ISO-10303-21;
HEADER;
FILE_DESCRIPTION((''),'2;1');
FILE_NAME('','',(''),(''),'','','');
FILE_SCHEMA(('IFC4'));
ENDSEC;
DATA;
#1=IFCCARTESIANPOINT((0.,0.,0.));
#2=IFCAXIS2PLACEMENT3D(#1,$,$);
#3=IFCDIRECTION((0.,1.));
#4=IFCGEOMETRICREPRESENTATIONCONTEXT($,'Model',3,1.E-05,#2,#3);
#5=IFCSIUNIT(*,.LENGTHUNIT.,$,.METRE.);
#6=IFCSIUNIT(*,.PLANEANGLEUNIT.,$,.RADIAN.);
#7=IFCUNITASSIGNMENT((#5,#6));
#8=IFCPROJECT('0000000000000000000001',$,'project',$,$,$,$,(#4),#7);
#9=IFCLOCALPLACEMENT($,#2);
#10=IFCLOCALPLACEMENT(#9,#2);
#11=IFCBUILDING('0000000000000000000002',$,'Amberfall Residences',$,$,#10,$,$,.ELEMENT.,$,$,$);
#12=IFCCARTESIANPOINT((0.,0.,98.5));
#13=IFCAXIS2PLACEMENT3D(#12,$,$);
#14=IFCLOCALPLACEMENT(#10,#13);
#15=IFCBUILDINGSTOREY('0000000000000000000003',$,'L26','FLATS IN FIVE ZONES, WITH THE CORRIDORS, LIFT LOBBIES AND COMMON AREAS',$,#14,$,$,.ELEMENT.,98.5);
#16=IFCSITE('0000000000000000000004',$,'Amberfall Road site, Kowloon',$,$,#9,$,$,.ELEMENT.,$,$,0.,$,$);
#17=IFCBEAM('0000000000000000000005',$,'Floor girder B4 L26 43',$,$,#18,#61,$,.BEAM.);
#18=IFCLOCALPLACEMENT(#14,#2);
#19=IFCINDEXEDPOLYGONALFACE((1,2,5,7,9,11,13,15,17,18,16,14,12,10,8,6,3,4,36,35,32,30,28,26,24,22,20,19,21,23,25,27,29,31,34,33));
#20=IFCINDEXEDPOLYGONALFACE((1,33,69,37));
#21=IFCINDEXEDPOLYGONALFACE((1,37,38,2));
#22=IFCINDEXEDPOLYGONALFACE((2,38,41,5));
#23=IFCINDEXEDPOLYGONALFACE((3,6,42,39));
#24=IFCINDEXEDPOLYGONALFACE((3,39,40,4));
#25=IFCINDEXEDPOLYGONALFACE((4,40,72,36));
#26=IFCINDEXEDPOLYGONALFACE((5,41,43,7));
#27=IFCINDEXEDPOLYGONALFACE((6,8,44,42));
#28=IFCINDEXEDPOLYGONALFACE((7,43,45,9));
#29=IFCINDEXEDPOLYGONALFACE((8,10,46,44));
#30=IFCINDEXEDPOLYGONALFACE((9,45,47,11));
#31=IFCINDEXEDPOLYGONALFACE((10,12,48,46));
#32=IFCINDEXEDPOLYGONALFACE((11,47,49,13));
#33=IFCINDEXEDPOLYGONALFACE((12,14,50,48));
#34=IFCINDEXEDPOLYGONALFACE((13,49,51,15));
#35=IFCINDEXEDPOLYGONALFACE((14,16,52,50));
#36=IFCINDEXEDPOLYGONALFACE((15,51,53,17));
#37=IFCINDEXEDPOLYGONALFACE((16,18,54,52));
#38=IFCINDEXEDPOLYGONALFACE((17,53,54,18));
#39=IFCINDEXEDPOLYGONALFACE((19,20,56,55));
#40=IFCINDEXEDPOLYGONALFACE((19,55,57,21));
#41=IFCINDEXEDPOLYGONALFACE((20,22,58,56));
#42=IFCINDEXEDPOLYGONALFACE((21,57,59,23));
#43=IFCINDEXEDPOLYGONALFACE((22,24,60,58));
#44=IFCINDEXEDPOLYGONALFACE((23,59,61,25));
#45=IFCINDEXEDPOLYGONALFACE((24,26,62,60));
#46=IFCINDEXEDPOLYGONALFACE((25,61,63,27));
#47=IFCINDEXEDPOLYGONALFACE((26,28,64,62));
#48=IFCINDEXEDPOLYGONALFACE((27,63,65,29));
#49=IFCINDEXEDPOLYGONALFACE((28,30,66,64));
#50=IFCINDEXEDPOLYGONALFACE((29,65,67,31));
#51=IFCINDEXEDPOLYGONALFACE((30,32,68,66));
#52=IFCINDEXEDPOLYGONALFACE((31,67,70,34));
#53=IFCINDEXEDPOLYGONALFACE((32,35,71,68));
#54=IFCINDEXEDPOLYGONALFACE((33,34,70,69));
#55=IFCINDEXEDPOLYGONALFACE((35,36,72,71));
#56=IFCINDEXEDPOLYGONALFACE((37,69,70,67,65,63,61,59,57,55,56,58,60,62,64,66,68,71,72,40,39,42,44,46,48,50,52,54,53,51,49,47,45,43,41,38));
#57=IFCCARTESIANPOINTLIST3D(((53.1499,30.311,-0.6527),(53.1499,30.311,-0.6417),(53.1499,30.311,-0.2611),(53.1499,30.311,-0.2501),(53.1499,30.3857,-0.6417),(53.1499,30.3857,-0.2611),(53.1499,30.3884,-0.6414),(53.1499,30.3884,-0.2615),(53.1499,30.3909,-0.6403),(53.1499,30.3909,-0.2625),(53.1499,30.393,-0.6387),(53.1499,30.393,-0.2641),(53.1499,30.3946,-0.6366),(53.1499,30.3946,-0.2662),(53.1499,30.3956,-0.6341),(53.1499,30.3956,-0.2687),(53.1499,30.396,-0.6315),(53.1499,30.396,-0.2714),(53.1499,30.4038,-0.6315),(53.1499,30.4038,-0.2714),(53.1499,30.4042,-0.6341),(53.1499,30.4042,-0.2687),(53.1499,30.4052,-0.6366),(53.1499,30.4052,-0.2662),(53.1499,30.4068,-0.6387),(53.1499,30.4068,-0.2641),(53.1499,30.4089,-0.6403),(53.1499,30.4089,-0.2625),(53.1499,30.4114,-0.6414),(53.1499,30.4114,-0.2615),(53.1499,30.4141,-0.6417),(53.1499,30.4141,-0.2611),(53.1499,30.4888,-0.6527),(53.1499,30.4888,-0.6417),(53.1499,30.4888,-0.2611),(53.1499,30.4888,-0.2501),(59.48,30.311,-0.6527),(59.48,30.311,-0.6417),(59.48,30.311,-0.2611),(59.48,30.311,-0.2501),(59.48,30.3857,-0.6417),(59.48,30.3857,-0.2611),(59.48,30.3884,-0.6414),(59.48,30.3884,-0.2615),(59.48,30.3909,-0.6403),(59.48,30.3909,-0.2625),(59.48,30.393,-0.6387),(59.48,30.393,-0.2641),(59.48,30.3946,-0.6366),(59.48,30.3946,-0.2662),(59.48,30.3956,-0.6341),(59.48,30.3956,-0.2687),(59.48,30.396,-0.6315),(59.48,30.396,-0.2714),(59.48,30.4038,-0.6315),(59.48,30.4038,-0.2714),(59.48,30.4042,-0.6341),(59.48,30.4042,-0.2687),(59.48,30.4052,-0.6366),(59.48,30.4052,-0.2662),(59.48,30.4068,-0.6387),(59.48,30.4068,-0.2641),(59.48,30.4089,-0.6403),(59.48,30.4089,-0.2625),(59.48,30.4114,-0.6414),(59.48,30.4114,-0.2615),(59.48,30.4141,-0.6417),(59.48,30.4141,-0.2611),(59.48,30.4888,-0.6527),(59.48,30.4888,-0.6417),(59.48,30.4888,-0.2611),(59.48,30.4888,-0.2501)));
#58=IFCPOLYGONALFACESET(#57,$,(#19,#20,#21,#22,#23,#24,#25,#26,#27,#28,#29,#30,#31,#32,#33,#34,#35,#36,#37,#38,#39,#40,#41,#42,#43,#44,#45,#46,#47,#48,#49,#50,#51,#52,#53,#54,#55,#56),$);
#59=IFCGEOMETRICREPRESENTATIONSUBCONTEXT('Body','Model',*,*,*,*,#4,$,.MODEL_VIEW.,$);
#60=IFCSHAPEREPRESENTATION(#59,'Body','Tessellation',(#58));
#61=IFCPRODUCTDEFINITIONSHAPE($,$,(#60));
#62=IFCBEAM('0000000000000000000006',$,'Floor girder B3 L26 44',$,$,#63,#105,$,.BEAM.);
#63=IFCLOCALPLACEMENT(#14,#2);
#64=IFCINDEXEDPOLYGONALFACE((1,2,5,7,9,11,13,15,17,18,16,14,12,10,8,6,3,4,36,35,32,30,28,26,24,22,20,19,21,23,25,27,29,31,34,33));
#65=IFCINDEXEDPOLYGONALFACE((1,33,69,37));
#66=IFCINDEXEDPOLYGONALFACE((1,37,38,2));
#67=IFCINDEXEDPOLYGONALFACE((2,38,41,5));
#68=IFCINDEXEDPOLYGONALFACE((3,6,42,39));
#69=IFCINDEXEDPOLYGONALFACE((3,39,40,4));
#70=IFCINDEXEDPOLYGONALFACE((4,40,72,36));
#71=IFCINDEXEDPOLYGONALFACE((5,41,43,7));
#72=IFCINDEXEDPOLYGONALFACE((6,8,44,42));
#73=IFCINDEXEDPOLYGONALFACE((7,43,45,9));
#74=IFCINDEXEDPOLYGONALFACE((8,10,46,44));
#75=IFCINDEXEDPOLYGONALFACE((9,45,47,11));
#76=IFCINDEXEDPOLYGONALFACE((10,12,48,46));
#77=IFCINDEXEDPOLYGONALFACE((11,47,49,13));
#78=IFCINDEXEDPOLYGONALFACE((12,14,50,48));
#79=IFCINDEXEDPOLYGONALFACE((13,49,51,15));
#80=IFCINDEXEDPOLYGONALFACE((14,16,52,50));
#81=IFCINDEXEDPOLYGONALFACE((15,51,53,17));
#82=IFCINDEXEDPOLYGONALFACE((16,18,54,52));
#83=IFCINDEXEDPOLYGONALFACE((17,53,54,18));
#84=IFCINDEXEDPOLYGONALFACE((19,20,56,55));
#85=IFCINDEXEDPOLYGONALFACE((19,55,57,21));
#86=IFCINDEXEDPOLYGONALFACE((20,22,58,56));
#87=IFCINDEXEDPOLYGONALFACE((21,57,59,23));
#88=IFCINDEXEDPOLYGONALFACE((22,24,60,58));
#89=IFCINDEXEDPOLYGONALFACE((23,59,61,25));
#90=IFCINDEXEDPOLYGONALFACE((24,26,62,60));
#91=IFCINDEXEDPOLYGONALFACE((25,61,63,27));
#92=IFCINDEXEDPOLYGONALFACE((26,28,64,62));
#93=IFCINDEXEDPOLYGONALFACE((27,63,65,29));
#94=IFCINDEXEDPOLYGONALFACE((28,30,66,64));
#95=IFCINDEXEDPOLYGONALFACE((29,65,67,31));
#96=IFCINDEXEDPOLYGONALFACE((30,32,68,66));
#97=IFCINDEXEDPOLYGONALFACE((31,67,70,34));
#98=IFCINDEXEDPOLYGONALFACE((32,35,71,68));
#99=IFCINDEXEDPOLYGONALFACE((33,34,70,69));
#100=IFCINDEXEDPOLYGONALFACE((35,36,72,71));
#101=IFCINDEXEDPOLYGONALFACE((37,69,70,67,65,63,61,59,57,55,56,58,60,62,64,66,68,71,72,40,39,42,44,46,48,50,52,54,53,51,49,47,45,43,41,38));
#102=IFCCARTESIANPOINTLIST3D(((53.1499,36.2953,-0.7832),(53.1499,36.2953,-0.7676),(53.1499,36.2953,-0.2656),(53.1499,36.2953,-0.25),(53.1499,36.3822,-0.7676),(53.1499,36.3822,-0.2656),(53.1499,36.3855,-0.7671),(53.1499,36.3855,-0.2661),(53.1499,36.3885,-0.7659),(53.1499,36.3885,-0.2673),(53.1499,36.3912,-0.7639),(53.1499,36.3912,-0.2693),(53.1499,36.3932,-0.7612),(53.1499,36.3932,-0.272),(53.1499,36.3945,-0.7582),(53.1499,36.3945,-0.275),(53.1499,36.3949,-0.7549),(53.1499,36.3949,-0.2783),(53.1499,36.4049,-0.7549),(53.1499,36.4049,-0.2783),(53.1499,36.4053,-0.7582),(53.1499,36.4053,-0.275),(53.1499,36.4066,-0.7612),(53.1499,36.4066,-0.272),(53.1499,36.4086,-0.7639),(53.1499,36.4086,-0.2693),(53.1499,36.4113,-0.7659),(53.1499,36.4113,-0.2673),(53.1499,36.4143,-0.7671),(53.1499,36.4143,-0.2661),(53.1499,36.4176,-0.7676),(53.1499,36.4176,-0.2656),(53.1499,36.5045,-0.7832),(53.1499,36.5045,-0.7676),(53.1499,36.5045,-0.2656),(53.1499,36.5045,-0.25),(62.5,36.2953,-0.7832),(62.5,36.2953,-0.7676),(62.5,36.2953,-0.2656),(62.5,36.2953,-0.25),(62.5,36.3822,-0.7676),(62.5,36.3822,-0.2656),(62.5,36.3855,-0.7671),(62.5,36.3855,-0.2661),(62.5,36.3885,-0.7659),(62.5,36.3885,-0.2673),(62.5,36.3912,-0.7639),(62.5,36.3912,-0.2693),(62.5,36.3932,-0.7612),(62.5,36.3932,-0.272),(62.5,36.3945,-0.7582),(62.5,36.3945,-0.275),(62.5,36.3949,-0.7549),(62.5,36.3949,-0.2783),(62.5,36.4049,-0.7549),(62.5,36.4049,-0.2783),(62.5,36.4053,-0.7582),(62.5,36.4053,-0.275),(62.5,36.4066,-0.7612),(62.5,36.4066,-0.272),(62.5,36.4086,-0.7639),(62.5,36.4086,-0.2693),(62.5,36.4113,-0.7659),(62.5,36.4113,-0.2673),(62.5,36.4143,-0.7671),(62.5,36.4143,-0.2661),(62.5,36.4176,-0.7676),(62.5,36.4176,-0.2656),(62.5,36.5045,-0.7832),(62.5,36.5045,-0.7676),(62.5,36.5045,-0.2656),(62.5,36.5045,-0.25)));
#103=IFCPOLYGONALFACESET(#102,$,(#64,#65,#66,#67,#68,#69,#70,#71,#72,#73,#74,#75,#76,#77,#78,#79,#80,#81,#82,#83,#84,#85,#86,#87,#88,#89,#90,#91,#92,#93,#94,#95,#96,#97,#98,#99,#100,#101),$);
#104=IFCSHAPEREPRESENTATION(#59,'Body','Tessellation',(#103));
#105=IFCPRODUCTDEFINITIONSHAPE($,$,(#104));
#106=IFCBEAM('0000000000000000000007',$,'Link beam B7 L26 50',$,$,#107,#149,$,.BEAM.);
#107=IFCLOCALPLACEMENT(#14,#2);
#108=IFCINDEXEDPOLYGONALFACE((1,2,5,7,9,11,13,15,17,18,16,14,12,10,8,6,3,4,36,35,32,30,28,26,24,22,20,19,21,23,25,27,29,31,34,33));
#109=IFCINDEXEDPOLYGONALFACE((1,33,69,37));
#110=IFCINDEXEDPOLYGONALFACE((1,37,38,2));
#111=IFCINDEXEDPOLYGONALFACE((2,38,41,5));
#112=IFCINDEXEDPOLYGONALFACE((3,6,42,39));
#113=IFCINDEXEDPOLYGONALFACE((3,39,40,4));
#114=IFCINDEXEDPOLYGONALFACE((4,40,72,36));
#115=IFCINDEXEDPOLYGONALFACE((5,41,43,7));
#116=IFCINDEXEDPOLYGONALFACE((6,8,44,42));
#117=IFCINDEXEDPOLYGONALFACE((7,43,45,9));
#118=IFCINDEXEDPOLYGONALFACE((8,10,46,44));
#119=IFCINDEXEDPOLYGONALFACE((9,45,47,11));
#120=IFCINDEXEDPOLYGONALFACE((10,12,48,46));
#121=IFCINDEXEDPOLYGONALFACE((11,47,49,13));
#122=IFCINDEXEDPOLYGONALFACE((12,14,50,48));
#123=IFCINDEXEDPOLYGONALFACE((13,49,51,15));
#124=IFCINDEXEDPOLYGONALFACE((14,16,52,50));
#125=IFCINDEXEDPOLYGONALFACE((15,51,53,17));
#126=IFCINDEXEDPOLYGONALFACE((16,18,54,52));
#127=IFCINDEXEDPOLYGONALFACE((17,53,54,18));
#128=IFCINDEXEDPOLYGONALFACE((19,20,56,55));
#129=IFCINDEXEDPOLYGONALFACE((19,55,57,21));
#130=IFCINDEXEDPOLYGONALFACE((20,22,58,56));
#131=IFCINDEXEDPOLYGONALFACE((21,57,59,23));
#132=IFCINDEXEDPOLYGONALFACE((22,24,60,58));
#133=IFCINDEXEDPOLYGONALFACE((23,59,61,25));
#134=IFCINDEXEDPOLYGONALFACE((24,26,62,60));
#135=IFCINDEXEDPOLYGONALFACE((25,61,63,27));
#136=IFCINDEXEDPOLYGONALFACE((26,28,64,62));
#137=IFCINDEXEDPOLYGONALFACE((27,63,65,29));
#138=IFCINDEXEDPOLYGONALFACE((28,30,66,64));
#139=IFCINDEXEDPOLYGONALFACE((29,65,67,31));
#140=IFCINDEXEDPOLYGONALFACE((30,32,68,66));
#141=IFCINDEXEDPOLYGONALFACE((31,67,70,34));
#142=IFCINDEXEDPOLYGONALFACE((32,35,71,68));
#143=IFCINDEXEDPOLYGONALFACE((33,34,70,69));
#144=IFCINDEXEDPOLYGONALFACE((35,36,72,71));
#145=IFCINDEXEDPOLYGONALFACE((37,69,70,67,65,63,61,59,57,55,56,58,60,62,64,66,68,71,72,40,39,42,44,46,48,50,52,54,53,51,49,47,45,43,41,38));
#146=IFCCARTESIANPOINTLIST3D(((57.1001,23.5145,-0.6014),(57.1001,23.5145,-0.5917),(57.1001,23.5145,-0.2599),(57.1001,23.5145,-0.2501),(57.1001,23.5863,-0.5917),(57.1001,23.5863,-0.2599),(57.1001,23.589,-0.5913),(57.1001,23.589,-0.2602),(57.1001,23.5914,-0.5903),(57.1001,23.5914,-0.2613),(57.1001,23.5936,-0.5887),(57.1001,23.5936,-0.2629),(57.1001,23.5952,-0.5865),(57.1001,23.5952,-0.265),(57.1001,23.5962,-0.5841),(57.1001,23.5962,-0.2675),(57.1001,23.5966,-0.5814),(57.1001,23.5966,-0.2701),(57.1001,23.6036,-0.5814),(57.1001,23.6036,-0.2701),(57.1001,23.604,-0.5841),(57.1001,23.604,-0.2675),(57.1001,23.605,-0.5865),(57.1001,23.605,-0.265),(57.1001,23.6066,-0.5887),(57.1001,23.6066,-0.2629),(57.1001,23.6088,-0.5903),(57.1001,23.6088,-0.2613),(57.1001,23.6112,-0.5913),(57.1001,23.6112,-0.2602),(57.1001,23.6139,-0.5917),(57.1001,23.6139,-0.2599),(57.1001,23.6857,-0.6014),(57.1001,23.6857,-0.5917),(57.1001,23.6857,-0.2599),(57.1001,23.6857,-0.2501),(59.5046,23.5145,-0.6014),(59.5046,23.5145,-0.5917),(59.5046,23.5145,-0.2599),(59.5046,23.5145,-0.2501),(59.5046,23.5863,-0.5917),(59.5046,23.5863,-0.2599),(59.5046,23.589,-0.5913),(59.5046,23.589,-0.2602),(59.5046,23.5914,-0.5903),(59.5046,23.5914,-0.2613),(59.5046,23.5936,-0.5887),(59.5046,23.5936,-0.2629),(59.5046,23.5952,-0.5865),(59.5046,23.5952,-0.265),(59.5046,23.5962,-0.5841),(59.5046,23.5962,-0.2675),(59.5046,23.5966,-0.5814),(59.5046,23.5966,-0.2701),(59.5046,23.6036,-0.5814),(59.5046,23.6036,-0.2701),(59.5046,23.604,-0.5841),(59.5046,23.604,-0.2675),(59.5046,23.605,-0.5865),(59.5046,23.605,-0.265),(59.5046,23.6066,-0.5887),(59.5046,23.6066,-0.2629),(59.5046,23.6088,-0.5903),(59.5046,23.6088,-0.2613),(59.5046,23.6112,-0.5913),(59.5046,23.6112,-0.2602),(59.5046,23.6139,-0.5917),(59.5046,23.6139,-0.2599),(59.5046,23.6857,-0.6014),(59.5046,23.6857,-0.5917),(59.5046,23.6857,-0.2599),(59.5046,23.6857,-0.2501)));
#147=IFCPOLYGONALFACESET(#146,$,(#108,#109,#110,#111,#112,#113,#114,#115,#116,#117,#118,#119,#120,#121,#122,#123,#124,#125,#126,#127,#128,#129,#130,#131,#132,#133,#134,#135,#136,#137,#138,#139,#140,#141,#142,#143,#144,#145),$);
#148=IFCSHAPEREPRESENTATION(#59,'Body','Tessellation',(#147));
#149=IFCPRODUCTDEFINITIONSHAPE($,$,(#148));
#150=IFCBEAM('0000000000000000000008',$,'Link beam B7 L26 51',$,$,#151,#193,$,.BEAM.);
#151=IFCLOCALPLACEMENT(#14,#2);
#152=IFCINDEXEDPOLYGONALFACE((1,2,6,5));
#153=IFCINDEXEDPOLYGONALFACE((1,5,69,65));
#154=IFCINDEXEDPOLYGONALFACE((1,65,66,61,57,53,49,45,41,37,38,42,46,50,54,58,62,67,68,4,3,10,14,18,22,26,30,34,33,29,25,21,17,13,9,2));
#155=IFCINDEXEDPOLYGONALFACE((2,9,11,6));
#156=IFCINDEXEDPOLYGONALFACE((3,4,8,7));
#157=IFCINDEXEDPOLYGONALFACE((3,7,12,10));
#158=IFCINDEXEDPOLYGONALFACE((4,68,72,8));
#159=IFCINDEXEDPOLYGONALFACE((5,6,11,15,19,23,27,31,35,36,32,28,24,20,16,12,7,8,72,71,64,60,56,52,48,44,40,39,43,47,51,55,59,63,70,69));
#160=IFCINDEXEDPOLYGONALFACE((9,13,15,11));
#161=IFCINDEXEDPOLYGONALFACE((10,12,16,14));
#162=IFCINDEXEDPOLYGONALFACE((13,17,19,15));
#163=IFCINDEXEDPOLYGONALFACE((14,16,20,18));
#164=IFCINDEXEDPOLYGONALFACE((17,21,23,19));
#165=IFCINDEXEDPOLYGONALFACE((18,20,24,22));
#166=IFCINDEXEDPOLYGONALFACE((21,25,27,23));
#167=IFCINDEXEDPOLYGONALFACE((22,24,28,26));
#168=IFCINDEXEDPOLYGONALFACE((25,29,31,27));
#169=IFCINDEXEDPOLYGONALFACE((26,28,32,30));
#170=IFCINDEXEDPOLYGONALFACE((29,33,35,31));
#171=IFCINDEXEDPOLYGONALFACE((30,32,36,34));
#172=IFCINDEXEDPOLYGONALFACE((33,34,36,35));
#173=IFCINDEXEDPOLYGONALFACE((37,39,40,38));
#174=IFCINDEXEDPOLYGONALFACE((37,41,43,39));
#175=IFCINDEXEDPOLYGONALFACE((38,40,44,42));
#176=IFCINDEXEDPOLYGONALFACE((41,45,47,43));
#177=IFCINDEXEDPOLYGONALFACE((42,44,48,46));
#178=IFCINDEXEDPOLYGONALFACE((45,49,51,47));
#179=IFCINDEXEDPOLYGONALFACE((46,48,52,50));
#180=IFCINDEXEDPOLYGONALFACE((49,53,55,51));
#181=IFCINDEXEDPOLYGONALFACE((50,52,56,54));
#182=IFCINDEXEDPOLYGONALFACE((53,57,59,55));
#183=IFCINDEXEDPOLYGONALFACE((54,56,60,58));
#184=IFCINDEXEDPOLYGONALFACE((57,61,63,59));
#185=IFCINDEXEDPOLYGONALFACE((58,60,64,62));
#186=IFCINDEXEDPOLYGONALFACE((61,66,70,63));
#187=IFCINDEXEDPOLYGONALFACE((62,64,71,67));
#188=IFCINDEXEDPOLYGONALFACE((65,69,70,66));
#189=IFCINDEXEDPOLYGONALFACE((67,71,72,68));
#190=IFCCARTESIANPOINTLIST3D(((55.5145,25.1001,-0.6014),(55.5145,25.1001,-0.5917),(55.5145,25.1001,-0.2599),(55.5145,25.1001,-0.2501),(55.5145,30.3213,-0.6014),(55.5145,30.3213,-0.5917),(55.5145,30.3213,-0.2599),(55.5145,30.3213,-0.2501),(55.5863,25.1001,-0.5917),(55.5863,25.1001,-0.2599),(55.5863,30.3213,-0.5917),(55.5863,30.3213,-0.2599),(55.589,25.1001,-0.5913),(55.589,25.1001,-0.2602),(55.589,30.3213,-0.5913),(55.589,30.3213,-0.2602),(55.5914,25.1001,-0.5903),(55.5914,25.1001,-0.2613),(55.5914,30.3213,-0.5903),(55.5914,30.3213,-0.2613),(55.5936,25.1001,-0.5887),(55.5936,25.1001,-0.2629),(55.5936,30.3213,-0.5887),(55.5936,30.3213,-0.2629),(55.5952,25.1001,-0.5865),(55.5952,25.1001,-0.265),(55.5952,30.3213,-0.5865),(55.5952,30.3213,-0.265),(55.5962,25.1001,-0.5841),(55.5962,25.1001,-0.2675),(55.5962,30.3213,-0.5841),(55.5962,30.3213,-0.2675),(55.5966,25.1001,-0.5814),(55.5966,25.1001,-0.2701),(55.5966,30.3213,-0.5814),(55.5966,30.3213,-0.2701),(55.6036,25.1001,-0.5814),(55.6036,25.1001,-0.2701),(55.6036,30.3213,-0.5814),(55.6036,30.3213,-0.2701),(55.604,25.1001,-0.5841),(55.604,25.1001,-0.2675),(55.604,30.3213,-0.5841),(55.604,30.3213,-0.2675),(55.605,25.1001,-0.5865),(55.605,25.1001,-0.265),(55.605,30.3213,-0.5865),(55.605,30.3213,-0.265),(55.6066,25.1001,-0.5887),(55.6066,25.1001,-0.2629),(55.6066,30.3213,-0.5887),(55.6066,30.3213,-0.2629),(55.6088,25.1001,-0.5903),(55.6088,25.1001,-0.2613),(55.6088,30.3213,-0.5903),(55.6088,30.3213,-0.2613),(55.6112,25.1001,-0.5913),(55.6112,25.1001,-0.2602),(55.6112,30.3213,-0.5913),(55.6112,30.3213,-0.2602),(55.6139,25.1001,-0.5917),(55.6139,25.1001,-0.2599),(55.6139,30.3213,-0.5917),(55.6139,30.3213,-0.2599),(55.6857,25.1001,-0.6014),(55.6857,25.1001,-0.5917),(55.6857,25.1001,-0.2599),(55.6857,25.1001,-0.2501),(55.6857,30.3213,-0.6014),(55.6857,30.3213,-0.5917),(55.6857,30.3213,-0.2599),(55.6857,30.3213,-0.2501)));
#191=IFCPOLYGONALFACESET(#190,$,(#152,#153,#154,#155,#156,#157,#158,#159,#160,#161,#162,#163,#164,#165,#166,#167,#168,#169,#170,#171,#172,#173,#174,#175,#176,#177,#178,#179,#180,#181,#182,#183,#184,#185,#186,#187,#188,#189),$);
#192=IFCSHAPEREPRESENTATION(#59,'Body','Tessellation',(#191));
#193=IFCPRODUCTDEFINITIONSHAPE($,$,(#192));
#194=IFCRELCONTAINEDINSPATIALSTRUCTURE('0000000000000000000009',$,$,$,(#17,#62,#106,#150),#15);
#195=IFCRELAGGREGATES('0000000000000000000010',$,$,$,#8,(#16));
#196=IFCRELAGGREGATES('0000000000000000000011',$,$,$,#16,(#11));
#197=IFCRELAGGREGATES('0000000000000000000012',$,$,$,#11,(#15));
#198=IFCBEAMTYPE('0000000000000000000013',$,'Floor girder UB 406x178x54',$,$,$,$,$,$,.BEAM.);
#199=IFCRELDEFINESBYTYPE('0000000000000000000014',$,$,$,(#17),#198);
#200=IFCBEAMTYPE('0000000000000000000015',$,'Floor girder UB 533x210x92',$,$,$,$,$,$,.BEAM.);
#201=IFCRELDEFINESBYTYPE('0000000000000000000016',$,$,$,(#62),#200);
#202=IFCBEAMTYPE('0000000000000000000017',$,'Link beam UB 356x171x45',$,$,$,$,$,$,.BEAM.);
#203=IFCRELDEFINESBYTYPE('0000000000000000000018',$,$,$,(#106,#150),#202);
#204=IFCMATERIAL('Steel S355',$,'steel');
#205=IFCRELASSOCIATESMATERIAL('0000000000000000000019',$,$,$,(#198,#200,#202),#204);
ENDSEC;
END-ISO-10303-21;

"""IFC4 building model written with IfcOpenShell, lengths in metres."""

from ifc_helpers import new_model, si_unit, direction, frame, origin, origin_2d, place, context, subcontext, project, spatial, i_section, extrude, material, material_profile, profile_set, type_object, element, save


model = new_model("IFC4")

# Units and contexts
model_context = context("Model", 3, precision=1e-05, world=origin(), true_north=direction((0.0, 1.0)))
body_context = subcontext(model_context, "Body", "Model", "MODEL_VIEW")
ifc_project = project(units=[si_unit("LENGTHUNIT", "METRE"), si_unit("PLANEANGLEUNIT", "RADIAN")], contexts=[model_context])

# Site, building, storey
site_placement = place(None, origin())
site = spatial("IfcSite", under=ifc_project, at=site_placement, Name="Amberfall Road site, Kowloon", CompositionType="ELEMENT", RefElevation=0.0)
building_placement = place(site_placement, origin())
building = spatial("IfcBuilding", under=site, at=building_placement, Name="Amberfall Residences", CompositionType="ELEMENT")
storey_placement = place(building_placement, frame((0.0, 0.0, 98.5)))
storey = spatial("IfcBuildingStorey", under=building, at=storey_placement, Name="L26", Description="FLATS IN FIVE ZONES, WITH THE CORRIDORS, LIFT LOBBIES AND COMMON AREAS", CompositionType="ELEMENT", Elevation=98.5)

# Beams
ifc_material_1 = material(Name="Steel S355", Category="steel")
ifc_material_profile_1 = material_profile(ifc_material_1, i_section(OverallWidth=0.1777, OverallDepth=0.4026, WebThickness=0.0078, FlangeThickness=0.011, FilletRadius=0.0103, at=origin_2d()), Name="UB 406x178x54")
ifc_profile_set_1 = profile_set([ifc_material_profile_1], Name="Steel S355")
beam_type_1 = type_object("IfcBeamType", Name="Floor girder UB 406x178x54", PredefinedType="BEAM", material=ifc_profile_set_1)
beam_1_placement = place(storey_placement, frame((53.1499, 30.3999, -0.4514), z_axis=(1.0, 0.0, 0.0), x_axis=(0.0, 1.0, 0.0)))
element("IfcBeam", 1, at=beam_1_placement, inside=storey, type_object=beam_type_1, Name="Floor girder B4 L26 43", PredefinedType="BEAM", context=body_context, shape_type="SweptSolid", body=[
    extrude(i_section(OverallWidth=0.1777, OverallDepth=0.4026, WebThickness=0.0078, FlangeThickness=0.011, FilletRadius=0.0103, at=origin_2d()), origin(), (0.0, 0.0, 1.0), 6.3301),
])
ifc_material_profile_2 = material_profile(ifc_material_1, i_section(OverallWidth=0.2092, OverallDepth=0.5332, WebThickness=0.01, FlangeThickness=0.0156, FilletRadius=0.0127, at=origin_2d()), Name="UB 533x210x92")
ifc_profile_set_2 = profile_set([ifc_material_profile_2], Name="Steel S355")
beam_type_2 = type_object("IfcBeamType", Name="Floor girder UB 533x210x92", PredefinedType="BEAM", material=ifc_profile_set_2)
beam_2_placement = place(storey_placement, frame((53.1499, 36.3999, -0.5166), z_axis=(1.0, 0.0, 0.0), x_axis=(0.0, 1.0, 0.0)))
element("IfcBeam", 2, at=beam_2_placement, inside=storey, type_object=beam_type_2, Name="Floor girder B3 L26 44", PredefinedType="BEAM", context=body_context, shape_type="SweptSolid", body=[
    extrude(i_section(OverallWidth=0.2092, OverallDepth=0.5332, WebThickness=0.01, FlangeThickness=0.0156, FilletRadius=0.0127, at=origin_2d()), origin(), (0.0, 0.0, 1.0), 9.3501),
])
ifc_material_profile_3 = material_profile(ifc_material_1, i_section(OverallWidth=0.1711, OverallDepth=0.3513, WebThickness=0.0071, FlangeThickness=0.0098, FilletRadius=0.0103, at=origin_2d()), Name="UB 356x171x45")
ifc_profile_set_3 = profile_set([ifc_material_profile_3], Name="Steel S355")
beam_type_3 = type_object("IfcBeamType", Name="Link beam UB 356x171x45", PredefinedType="BEAM", material=ifc_profile_set_3)
beam_3_placement = place(storey_placement, frame((57.1001, 23.6001, -0.4258), z_axis=(1.0, 0.0, 0.0), x_axis=(0.0, 1.0, 0.0)))
element("IfcBeam", 3, at=beam_3_placement, inside=storey, type_object=beam_type_3, Name="Link beam B7 L26 50", PredefinedType="BEAM", context=body_context, shape_type="SweptSolid", body=[
    extrude(i_section(OverallWidth=0.1711, OverallDepth=0.3513, WebThickness=0.0071, FlangeThickness=0.0098, FilletRadius=0.0103, at=origin_2d()), origin(), (0.0, 0.0, 1.0), 2.4045),
])
beam_4_placement = place(storey_placement, frame((55.6001, 25.1001, -0.4258), z_axis=(0.0, 1.0, 0.0), x_axis=(-1.0, 0.0, 0.0)))
element("IfcBeam", 4, at=beam_4_placement, inside=storey, type_object=beam_type_3, Name="Link beam B7 L26 51", PredefinedType="BEAM", context=body_context, shape_type="SweptSolid", body=[
    extrude(i_section(OverallWidth=0.1711, OverallDepth=0.3513, WebThickness=0.0071, FlangeThickness=0.0098, FilletRadius=0.0103, at=origin_2d()), origin(), (0.0, 0.0, 1.0), 5.2212),
])

save(model, "model.ifc")
